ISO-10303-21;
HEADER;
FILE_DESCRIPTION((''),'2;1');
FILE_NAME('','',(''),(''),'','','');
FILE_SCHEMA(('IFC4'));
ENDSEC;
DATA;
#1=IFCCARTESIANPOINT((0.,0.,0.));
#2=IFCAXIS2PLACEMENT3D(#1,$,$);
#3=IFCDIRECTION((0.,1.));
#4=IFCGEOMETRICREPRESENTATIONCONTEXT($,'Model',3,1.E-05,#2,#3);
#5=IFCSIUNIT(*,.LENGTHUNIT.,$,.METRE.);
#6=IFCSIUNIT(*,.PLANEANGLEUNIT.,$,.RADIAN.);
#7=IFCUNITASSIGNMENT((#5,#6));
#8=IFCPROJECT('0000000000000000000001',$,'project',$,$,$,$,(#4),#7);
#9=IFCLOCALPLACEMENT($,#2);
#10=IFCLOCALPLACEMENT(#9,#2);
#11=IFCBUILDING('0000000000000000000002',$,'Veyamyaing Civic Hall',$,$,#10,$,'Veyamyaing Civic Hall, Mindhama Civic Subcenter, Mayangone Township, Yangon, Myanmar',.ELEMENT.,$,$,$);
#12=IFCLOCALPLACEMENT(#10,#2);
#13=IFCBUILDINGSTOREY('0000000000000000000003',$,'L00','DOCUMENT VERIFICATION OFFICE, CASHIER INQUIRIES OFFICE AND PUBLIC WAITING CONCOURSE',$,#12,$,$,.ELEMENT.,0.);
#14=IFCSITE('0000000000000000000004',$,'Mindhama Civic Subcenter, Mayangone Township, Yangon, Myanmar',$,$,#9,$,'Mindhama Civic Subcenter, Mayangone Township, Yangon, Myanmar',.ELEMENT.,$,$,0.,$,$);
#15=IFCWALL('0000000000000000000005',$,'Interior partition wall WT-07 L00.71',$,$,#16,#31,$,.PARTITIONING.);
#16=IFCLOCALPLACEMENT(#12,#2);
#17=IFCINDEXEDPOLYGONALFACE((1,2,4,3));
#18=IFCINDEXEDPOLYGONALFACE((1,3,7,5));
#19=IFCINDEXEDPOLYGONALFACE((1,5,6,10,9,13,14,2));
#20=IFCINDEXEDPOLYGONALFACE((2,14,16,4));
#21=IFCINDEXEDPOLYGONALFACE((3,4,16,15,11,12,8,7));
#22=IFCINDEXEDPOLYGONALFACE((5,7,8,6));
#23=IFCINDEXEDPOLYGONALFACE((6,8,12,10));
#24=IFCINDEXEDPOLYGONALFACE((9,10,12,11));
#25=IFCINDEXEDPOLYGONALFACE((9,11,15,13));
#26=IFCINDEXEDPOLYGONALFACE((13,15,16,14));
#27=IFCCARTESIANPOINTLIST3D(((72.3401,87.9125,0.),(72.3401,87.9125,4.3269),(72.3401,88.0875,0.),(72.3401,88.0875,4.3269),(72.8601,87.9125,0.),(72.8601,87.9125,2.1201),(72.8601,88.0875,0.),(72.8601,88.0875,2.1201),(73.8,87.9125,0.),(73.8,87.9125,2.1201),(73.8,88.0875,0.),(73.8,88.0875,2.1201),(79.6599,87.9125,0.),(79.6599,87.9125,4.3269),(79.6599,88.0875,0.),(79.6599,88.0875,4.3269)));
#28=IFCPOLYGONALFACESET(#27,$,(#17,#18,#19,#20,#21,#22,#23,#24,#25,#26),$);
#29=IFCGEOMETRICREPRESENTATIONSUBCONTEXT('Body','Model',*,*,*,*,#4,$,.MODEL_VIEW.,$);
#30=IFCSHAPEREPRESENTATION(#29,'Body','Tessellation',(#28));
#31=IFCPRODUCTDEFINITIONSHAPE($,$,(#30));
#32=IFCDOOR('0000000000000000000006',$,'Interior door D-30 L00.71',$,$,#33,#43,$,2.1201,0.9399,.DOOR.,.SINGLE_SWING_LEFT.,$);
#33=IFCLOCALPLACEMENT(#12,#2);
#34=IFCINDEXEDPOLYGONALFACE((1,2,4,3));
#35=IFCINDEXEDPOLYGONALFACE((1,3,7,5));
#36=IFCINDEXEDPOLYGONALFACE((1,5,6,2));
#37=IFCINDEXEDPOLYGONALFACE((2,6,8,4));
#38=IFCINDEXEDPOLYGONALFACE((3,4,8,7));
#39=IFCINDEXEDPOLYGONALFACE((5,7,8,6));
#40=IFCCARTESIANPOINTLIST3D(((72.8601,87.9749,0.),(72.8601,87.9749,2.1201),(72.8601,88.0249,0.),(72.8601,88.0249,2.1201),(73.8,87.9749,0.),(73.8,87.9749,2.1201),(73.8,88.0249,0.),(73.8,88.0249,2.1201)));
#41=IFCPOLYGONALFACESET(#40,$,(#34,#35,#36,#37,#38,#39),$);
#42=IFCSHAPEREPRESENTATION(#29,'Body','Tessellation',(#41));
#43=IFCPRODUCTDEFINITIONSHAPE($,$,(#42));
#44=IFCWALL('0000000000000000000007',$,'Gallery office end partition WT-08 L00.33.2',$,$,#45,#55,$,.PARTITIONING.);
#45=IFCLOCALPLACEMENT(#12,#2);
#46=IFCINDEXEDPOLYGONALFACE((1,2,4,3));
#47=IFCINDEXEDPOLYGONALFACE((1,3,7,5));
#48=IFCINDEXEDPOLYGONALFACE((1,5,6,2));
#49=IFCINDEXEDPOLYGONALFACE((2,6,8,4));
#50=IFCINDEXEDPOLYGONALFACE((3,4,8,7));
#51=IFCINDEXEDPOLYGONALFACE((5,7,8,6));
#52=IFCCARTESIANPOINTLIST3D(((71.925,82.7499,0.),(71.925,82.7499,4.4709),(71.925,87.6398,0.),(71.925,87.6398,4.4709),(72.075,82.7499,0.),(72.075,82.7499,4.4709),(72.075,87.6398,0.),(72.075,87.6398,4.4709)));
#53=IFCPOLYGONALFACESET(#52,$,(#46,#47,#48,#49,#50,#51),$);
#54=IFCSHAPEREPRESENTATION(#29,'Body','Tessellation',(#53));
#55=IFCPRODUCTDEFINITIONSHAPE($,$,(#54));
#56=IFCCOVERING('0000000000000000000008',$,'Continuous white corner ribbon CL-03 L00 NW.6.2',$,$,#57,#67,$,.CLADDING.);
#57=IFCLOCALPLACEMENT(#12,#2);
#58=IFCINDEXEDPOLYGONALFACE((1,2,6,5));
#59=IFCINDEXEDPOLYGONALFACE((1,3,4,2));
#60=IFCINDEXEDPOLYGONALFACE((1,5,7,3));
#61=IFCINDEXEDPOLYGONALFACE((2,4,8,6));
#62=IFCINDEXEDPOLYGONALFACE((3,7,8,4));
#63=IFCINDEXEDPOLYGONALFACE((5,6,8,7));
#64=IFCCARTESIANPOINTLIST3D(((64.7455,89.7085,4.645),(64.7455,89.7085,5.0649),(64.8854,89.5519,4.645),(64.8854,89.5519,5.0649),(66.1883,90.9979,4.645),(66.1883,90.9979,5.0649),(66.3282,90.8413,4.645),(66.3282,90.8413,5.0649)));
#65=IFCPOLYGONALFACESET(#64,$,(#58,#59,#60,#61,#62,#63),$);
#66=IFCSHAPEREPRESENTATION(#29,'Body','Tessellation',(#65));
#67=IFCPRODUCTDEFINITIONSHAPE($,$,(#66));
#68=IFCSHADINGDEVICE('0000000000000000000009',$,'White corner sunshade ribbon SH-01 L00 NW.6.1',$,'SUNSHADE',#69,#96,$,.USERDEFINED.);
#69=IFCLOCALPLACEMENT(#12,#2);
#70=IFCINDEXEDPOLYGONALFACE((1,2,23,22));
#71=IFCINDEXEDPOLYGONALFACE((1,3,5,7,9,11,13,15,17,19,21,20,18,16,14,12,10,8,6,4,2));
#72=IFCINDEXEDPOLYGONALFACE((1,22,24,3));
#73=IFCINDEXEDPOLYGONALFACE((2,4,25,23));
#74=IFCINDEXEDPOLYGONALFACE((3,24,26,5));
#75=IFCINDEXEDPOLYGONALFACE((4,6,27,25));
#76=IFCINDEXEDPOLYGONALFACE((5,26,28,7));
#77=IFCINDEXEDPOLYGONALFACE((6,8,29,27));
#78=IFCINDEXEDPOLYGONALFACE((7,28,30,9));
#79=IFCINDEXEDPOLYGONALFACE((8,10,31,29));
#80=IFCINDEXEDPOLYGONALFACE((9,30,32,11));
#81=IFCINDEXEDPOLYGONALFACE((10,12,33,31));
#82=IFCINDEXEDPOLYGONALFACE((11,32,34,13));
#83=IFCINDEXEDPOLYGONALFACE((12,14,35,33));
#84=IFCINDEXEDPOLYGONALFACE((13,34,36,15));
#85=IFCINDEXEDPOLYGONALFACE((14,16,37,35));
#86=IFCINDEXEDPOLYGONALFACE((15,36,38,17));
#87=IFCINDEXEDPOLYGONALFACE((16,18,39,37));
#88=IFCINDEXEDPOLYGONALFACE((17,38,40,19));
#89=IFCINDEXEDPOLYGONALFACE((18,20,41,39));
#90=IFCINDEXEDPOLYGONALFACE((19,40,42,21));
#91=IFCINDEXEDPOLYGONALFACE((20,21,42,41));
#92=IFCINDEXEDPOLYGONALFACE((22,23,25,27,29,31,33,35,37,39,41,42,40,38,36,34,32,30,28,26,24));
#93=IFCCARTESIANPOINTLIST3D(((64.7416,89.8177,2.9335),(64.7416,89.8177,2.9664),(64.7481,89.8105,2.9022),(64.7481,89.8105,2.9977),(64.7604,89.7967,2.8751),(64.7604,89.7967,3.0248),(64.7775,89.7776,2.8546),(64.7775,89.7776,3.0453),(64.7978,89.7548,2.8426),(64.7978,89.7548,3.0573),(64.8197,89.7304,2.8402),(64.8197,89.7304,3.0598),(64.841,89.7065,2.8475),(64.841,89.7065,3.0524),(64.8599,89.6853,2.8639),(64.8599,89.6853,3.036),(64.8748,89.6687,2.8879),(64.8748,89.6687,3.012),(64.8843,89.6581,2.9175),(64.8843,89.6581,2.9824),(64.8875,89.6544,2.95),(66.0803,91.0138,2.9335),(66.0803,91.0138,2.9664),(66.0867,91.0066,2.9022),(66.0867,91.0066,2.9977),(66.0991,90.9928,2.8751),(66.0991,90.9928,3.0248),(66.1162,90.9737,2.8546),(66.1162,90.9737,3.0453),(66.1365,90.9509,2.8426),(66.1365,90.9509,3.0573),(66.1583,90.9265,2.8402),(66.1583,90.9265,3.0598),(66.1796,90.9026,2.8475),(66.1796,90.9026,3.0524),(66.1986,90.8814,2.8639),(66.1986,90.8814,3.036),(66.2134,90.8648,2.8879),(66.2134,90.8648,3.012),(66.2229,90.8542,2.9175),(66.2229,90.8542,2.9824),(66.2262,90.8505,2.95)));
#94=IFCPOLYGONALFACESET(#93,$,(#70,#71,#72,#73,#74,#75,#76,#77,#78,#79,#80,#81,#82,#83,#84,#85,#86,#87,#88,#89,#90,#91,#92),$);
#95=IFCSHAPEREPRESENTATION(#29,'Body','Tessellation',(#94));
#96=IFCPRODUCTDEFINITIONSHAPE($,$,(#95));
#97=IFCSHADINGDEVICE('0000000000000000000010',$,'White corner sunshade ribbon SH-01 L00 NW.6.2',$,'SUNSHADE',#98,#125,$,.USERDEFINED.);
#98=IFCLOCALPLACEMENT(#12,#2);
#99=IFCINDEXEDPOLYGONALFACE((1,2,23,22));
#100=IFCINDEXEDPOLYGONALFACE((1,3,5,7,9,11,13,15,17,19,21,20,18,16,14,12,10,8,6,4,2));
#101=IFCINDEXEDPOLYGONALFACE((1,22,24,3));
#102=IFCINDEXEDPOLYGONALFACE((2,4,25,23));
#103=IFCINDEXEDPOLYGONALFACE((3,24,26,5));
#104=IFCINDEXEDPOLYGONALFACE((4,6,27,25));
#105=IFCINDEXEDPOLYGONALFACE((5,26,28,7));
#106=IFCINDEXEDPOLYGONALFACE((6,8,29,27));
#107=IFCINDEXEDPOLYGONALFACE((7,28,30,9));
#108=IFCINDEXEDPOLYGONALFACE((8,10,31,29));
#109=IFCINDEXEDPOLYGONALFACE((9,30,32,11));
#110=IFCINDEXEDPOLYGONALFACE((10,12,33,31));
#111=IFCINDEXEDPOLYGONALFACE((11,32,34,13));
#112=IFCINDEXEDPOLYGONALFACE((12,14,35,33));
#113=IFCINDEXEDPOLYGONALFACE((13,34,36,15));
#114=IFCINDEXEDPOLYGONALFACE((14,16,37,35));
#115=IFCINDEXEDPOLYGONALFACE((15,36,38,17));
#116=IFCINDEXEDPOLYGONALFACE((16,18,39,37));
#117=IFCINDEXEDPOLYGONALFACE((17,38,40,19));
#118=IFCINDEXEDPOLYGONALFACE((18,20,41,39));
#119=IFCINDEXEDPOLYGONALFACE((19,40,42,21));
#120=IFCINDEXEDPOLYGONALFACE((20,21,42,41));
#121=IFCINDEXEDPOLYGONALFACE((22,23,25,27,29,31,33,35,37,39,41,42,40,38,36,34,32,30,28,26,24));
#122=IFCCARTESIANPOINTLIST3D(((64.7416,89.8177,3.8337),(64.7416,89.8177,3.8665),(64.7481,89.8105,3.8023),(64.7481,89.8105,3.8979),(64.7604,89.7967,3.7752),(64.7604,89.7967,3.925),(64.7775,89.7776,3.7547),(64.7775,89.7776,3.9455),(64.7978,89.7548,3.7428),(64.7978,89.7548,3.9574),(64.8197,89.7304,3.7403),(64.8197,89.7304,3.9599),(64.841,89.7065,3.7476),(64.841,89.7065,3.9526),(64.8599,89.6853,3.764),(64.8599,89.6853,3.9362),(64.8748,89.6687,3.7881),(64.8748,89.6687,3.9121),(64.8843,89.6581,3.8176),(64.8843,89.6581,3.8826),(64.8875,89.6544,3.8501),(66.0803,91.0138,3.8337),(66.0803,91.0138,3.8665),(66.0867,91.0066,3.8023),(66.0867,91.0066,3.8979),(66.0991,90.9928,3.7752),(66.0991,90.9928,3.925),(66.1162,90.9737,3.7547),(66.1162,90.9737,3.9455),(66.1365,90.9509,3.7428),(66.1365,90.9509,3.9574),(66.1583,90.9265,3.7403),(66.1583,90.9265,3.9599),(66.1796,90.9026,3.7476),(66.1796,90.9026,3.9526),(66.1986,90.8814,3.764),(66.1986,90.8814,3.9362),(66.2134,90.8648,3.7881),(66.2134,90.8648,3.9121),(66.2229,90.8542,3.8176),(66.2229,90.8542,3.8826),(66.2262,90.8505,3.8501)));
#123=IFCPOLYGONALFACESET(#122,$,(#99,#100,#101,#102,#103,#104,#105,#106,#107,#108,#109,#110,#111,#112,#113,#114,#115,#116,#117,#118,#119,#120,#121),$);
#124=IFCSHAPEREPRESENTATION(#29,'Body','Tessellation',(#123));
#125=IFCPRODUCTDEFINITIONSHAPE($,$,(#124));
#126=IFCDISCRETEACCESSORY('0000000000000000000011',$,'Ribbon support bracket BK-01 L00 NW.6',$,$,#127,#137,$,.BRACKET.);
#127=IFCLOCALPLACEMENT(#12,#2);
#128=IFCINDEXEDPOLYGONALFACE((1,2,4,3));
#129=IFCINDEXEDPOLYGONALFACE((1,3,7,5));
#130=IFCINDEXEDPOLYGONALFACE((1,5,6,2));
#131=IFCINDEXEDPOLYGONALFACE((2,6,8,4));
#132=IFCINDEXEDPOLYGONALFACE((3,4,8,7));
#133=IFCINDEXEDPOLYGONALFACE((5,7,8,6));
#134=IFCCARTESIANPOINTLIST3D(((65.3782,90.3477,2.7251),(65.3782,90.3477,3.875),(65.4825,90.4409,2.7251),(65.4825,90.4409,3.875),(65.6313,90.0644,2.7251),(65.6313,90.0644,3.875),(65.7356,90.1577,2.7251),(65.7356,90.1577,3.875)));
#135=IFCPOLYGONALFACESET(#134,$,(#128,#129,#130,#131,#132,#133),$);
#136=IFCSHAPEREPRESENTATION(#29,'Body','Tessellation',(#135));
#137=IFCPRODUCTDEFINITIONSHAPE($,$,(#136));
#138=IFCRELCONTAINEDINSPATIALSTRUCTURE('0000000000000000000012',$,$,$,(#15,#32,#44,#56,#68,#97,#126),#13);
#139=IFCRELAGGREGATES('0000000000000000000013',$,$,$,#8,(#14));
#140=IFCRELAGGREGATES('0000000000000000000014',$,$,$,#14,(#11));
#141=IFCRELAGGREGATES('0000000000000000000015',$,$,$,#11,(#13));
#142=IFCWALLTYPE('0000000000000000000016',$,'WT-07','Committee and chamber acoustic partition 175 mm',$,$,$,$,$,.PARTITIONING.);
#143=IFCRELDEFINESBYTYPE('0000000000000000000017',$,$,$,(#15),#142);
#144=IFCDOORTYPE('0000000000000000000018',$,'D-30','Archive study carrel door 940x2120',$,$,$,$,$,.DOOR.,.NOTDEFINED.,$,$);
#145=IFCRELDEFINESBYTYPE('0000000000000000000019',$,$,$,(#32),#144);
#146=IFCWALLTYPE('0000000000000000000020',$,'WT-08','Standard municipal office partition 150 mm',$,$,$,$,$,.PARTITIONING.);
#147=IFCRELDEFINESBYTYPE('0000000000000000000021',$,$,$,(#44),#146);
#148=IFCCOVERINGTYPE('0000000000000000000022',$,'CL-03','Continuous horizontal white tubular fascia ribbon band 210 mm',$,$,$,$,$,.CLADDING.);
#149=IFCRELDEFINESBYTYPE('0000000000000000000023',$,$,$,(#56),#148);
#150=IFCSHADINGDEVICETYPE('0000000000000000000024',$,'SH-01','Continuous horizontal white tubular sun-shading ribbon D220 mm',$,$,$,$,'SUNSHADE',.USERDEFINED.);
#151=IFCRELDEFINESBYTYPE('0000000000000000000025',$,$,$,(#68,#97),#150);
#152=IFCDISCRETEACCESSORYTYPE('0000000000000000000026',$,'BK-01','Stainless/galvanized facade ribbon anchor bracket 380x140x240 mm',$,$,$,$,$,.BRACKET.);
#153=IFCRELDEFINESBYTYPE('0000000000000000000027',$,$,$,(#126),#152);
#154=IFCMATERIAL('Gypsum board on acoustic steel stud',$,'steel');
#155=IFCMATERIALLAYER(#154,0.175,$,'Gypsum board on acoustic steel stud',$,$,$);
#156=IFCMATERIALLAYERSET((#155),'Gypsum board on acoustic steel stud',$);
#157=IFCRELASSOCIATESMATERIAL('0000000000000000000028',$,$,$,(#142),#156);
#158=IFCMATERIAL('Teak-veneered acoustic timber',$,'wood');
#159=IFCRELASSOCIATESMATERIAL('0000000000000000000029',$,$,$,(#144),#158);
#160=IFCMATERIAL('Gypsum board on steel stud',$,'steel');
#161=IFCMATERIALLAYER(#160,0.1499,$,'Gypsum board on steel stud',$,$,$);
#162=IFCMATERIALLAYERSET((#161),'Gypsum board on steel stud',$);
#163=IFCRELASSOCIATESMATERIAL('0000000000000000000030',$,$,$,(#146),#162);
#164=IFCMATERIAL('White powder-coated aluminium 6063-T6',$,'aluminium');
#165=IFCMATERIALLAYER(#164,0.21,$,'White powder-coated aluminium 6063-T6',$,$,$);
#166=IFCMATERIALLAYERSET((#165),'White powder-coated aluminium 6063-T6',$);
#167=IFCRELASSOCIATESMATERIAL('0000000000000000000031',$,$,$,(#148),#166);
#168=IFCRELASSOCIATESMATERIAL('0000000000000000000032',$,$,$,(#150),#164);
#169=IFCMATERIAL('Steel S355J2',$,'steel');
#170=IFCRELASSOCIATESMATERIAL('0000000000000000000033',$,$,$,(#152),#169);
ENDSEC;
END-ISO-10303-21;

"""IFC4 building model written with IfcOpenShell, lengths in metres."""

from ifc_helpers import new_model, si_unit, direction, frame, frame_2d, origin, origin_2d, place, context, subcontext, project, spatial, rectangle, circle, extrude, material, layer, layer_set, material_profile, profile_set, type_object, element, fill, save


model = new_model("IFC4")

# Units and contexts
model_context = context("Model", 3, precision=1e-05, world=origin(), true_north=direction((0.0, 1.0)))
body_context = subcontext(model_context, "Body", "Model", "MODEL_VIEW")
ifc_project = project(units=[si_unit("LENGTHUNIT", "METRE"), si_unit("PLANEANGLEUNIT", "RADIAN")], contexts=[model_context])

# Site, building, storey
site_placement = place(None, origin())
site = spatial("IfcSite", under=ifc_project, at=site_placement, Name="Mindhama Civic Subcenter, Mayangone Township, Yangon, Myanmar", LongName="Mindhama Civic Subcenter, Mayangone Township, Yangon, Myanmar", CompositionType="ELEMENT", RefElevation=0.0)
building_placement = place(site_placement, origin())
building = spatial("IfcBuilding", under=site, at=building_placement, Name="Veyamyaing Civic Hall", LongName="Veyamyaing Civic Hall, Mindhama Civic Subcenter, Mayangone Township, Yangon, Myanmar", CompositionType="ELEMENT")
storey_placement = place(building_placement, origin())
storey = spatial("IfcBuildingStorey", under=building, at=storey_placement, Name="L00", Description="DOCUMENT VERIFICATION OFFICE, CASHIER INQUIRIES OFFICE AND PUBLIC WAITING CONCOURSE", CompositionType="ELEMENT", Elevation=0.0)

# Shared definitions
ifc_material_1 = material(Name="Gypsum board on acoustic steel stud", Category="steel")
ifc_layer_1 = layer(ifc_material_1, 0.175, Name="Gypsum board on acoustic steel stud")
ifc_layer_set_1 = layer_set([ifc_layer_1], Name="Gypsum board on acoustic steel stud")
wall_type_1 = type_object("IfcWallType", Name="WT-07", Description="Committee and chamber acoustic partition 175 mm", PredefinedType="PARTITIONING", material=ifc_layer_set_1)
ifc_material_2 = material(Name="Teak-veneered acoustic timber", Category="wood")

# Wall, opening, door
wall_1_placement = place(storey_placement, frame((72.3401, 88.0, 0.0), z_axis=(0.0, 0.0, 1.0), x_axis=(1.0, 0.0, 0.0)))
wall_1 = element("IfcWall", 1, at=wall_1_placement, inside=storey, type_object=wall_type_1, Name="Interior partition wall WT-07 L00.71", PredefinedType="PARTITIONING", context=body_context, shape_type="SweptSolid", body=[
    extrude(rectangle(XDim=7.3198, YDim=0.175, at=frame_2d((3.6599, 0.0))), origin(), (0.0, 0.0, 1.0), 4.3269),
])
opening_1_placement = place(wall_1_placement, frame((0.52, 0.0, 0.0)))
opening_1 = element("IfcOpeningElement", 2, at=opening_1_placement, cuts=wall_1, PredefinedType="OPENING", context=body_context, shape_type="SweptSolid", body=[
    extrude(rectangle(XDim=0.9399, YDim=2.1201, at=frame_2d((0.47, 1.0601))), frame((0.0, 0.0974, 0.0), z_axis=(0.0, -1.0, 0.0), x_axis=(1.0, 0.0, 0.0)), (0.0, 0.0, 1.0), 0.1951),
])
door_type_1 = type_object("IfcDoorType", Name="D-30", Description="Archive study carrel door 940x2120", OperationType="NOTDEFINED", PredefinedType="DOOR", material=ifc_material_2)
door_1_placement = place(opening_1_placement, origin())
door_1 = element("IfcDoor", 3, at=door_1_placement, inside=storey, type_object=door_type_1, Name="Interior door D-30 L00.71", OperationType="SINGLE_SWING_LEFT", OverallHeight=2.1201, OverallWidth=0.9399, PredefinedType="DOOR", context=body_context, shape_type="SweptSolid", body=[
    extrude(rectangle(XDim=0.9399, YDim=2.1201, at=frame_2d((0.47, 1.0601))), frame((0.0, 0.0249, 0.0), z_axis=(0.0, -1.0, 0.0), x_axis=(1.0, 0.0, 0.0)), (0.0, 0.0, 1.0), 0.05),
])
fill(opening_1, door_1)

# Wall
ifc_material_3 = material(Name="Gypsum board on steel stud", Category="steel")
ifc_layer_2 = layer(ifc_material_3, 0.1499, Name="Gypsum board on steel stud")
ifc_layer_set_2 = layer_set([ifc_layer_2], Name="Gypsum board on steel stud")
wall_type_2 = type_object("IfcWallType", Name="WT-08", Description="Standard municipal office partition 150 mm", PredefinedType="PARTITIONING", material=ifc_layer_set_2)
wall_2_placement = place(storey_placement, frame((72.0, 82.75, 0.0), z_axis=(0.0, 0.0, 1.0), x_axis=(0.0, 1.0, 0.0)))
element("IfcWall", 4, at=wall_2_placement, inside=storey, type_object=wall_type_2, Name="Gallery office end partition WT-08 L00.33.2", PredefinedType="PARTITIONING", context=body_context, shape_type="SweptSolid", body=[
    extrude(rectangle(XDim=4.8899, YDim=0.1499, at=frame_2d((2.4448, 0.0))), origin(), (0.0, 0.0, 1.0), 4.4709),
])

# Covering
ifc_material_4 = material(Name="White powder-coated aluminium 6063-T6", Category="aluminium")
ifc_layer_3 = layer(ifc_material_4, 0.21, Name="White powder-coated aluminium 6063-T6")
ifc_layer_set_3 = layer_set([ifc_layer_3], Name="White powder-coated aluminium 6063-T6")
covering_type = type_object("IfcCoveringType", Name="CL-03", Description="Continuous horizontal white tubular fascia ribbon band 210 mm", PredefinedType="CLADDING", material=ifc_layer_set_3)
covering_placement = place(storey_placement, frame((65.5369, 90.2749, 4.645), z_axis=(0.0, 0.0, 1.0), x_axis=(-0.745642, -0.666347, 0.0)))
element("IfcCovering", 5, at=covering_placement, inside=storey, type_object=covering_type, Name="Continuous white corner ribbon CL-03 L00 NW.6.2", PredefinedType="CLADDING", context=body_context, shape_type="SweptSolid", body=[
    extrude(rectangle(XDim=1.9351, YDim=0.21, at=origin_2d()), origin(), (0.0, 0.0, 1.0), 0.4199),
])

# Shading devices
ifc_material_profile_1 = material_profile(ifc_material_4, circle(Radius=0.1101, at=origin_2d()), Name="SHADE-TUBE-220")
ifc_profile_set_1 = profile_set([ifc_material_profile_1], Name="White powder-coated aluminium 6063-T6")
shading_device_type = type_object("IfcShadingDeviceType", Name="SH-01", Description="Continuous horizontal white tubular sun-shading ribbon D220 mm", ElementType="SUNSHADE", PredefinedType="USERDEFINED", material=ifc_profile_set_1)
for number, where, z_axis, x_axis, name in (
    (6, (66.1528, 90.9326, 2.95), (-0.745704, -0.666278, 0.0), (0.666278, -0.745704, 0.0), "White corner sunshade ribbon SH-01 L00 NW.6.1"),
    (7, (66.1528, 90.9326, 3.8501), (-0.745704, -0.666278, 0.0), (0.666278, -0.745704, 0.0), "White corner sunshade ribbon SH-01 L00 NW.6.2"),
):
    element("IfcShadingDevice", number, at=place(storey_placement, frame(where, z_axis=z_axis, x_axis=x_axis)), inside=storey, type_object=shading_device_type, Name=name, ObjectType="SUNSHADE", PredefinedType="USERDEFINED", context=body_context, shape_type="SweptSolid", body=[
        extrude(circle(Radius=0.1101, at=origin_2d()), origin(), (0.0, 0.0, 1.0), 1.7952),
    ])

# Discrete accessory
ifc_material_5 = material(Name="Steel S355J2", Category="steel")
discrete_accessory_type = type_object("IfcDiscreteAccessoryType", Name="BK-01", Description="Stainless/galvanized facade ribbon anchor bracket 380x140x240 mm", PredefinedType="BRACKET", material=ifc_material_5)
discrete_accessory_placement = place(storey_placement, frame((65.5569, 90.2527, 2.7251), z_axis=(0.0, 0.0, 1.0), x_axis=(-0.666347, 0.745642, 0.0)))
element("IfcDiscreteAccessory", 8, at=discrete_accessory_placement, inside=storey, type_object=discrete_accessory_type, Name="Ribbon support bracket BK-01 L00 NW.6", PredefinedType="BRACKET", context=body_context, shape_type="SweptSolid", body=[
    extrude(rectangle(XDim=0.3799, YDim=0.1399, at=origin_2d()), origin(), (0.0, 0.0, 1.0), 1.1499),
])

save(model, "model.ifc")
